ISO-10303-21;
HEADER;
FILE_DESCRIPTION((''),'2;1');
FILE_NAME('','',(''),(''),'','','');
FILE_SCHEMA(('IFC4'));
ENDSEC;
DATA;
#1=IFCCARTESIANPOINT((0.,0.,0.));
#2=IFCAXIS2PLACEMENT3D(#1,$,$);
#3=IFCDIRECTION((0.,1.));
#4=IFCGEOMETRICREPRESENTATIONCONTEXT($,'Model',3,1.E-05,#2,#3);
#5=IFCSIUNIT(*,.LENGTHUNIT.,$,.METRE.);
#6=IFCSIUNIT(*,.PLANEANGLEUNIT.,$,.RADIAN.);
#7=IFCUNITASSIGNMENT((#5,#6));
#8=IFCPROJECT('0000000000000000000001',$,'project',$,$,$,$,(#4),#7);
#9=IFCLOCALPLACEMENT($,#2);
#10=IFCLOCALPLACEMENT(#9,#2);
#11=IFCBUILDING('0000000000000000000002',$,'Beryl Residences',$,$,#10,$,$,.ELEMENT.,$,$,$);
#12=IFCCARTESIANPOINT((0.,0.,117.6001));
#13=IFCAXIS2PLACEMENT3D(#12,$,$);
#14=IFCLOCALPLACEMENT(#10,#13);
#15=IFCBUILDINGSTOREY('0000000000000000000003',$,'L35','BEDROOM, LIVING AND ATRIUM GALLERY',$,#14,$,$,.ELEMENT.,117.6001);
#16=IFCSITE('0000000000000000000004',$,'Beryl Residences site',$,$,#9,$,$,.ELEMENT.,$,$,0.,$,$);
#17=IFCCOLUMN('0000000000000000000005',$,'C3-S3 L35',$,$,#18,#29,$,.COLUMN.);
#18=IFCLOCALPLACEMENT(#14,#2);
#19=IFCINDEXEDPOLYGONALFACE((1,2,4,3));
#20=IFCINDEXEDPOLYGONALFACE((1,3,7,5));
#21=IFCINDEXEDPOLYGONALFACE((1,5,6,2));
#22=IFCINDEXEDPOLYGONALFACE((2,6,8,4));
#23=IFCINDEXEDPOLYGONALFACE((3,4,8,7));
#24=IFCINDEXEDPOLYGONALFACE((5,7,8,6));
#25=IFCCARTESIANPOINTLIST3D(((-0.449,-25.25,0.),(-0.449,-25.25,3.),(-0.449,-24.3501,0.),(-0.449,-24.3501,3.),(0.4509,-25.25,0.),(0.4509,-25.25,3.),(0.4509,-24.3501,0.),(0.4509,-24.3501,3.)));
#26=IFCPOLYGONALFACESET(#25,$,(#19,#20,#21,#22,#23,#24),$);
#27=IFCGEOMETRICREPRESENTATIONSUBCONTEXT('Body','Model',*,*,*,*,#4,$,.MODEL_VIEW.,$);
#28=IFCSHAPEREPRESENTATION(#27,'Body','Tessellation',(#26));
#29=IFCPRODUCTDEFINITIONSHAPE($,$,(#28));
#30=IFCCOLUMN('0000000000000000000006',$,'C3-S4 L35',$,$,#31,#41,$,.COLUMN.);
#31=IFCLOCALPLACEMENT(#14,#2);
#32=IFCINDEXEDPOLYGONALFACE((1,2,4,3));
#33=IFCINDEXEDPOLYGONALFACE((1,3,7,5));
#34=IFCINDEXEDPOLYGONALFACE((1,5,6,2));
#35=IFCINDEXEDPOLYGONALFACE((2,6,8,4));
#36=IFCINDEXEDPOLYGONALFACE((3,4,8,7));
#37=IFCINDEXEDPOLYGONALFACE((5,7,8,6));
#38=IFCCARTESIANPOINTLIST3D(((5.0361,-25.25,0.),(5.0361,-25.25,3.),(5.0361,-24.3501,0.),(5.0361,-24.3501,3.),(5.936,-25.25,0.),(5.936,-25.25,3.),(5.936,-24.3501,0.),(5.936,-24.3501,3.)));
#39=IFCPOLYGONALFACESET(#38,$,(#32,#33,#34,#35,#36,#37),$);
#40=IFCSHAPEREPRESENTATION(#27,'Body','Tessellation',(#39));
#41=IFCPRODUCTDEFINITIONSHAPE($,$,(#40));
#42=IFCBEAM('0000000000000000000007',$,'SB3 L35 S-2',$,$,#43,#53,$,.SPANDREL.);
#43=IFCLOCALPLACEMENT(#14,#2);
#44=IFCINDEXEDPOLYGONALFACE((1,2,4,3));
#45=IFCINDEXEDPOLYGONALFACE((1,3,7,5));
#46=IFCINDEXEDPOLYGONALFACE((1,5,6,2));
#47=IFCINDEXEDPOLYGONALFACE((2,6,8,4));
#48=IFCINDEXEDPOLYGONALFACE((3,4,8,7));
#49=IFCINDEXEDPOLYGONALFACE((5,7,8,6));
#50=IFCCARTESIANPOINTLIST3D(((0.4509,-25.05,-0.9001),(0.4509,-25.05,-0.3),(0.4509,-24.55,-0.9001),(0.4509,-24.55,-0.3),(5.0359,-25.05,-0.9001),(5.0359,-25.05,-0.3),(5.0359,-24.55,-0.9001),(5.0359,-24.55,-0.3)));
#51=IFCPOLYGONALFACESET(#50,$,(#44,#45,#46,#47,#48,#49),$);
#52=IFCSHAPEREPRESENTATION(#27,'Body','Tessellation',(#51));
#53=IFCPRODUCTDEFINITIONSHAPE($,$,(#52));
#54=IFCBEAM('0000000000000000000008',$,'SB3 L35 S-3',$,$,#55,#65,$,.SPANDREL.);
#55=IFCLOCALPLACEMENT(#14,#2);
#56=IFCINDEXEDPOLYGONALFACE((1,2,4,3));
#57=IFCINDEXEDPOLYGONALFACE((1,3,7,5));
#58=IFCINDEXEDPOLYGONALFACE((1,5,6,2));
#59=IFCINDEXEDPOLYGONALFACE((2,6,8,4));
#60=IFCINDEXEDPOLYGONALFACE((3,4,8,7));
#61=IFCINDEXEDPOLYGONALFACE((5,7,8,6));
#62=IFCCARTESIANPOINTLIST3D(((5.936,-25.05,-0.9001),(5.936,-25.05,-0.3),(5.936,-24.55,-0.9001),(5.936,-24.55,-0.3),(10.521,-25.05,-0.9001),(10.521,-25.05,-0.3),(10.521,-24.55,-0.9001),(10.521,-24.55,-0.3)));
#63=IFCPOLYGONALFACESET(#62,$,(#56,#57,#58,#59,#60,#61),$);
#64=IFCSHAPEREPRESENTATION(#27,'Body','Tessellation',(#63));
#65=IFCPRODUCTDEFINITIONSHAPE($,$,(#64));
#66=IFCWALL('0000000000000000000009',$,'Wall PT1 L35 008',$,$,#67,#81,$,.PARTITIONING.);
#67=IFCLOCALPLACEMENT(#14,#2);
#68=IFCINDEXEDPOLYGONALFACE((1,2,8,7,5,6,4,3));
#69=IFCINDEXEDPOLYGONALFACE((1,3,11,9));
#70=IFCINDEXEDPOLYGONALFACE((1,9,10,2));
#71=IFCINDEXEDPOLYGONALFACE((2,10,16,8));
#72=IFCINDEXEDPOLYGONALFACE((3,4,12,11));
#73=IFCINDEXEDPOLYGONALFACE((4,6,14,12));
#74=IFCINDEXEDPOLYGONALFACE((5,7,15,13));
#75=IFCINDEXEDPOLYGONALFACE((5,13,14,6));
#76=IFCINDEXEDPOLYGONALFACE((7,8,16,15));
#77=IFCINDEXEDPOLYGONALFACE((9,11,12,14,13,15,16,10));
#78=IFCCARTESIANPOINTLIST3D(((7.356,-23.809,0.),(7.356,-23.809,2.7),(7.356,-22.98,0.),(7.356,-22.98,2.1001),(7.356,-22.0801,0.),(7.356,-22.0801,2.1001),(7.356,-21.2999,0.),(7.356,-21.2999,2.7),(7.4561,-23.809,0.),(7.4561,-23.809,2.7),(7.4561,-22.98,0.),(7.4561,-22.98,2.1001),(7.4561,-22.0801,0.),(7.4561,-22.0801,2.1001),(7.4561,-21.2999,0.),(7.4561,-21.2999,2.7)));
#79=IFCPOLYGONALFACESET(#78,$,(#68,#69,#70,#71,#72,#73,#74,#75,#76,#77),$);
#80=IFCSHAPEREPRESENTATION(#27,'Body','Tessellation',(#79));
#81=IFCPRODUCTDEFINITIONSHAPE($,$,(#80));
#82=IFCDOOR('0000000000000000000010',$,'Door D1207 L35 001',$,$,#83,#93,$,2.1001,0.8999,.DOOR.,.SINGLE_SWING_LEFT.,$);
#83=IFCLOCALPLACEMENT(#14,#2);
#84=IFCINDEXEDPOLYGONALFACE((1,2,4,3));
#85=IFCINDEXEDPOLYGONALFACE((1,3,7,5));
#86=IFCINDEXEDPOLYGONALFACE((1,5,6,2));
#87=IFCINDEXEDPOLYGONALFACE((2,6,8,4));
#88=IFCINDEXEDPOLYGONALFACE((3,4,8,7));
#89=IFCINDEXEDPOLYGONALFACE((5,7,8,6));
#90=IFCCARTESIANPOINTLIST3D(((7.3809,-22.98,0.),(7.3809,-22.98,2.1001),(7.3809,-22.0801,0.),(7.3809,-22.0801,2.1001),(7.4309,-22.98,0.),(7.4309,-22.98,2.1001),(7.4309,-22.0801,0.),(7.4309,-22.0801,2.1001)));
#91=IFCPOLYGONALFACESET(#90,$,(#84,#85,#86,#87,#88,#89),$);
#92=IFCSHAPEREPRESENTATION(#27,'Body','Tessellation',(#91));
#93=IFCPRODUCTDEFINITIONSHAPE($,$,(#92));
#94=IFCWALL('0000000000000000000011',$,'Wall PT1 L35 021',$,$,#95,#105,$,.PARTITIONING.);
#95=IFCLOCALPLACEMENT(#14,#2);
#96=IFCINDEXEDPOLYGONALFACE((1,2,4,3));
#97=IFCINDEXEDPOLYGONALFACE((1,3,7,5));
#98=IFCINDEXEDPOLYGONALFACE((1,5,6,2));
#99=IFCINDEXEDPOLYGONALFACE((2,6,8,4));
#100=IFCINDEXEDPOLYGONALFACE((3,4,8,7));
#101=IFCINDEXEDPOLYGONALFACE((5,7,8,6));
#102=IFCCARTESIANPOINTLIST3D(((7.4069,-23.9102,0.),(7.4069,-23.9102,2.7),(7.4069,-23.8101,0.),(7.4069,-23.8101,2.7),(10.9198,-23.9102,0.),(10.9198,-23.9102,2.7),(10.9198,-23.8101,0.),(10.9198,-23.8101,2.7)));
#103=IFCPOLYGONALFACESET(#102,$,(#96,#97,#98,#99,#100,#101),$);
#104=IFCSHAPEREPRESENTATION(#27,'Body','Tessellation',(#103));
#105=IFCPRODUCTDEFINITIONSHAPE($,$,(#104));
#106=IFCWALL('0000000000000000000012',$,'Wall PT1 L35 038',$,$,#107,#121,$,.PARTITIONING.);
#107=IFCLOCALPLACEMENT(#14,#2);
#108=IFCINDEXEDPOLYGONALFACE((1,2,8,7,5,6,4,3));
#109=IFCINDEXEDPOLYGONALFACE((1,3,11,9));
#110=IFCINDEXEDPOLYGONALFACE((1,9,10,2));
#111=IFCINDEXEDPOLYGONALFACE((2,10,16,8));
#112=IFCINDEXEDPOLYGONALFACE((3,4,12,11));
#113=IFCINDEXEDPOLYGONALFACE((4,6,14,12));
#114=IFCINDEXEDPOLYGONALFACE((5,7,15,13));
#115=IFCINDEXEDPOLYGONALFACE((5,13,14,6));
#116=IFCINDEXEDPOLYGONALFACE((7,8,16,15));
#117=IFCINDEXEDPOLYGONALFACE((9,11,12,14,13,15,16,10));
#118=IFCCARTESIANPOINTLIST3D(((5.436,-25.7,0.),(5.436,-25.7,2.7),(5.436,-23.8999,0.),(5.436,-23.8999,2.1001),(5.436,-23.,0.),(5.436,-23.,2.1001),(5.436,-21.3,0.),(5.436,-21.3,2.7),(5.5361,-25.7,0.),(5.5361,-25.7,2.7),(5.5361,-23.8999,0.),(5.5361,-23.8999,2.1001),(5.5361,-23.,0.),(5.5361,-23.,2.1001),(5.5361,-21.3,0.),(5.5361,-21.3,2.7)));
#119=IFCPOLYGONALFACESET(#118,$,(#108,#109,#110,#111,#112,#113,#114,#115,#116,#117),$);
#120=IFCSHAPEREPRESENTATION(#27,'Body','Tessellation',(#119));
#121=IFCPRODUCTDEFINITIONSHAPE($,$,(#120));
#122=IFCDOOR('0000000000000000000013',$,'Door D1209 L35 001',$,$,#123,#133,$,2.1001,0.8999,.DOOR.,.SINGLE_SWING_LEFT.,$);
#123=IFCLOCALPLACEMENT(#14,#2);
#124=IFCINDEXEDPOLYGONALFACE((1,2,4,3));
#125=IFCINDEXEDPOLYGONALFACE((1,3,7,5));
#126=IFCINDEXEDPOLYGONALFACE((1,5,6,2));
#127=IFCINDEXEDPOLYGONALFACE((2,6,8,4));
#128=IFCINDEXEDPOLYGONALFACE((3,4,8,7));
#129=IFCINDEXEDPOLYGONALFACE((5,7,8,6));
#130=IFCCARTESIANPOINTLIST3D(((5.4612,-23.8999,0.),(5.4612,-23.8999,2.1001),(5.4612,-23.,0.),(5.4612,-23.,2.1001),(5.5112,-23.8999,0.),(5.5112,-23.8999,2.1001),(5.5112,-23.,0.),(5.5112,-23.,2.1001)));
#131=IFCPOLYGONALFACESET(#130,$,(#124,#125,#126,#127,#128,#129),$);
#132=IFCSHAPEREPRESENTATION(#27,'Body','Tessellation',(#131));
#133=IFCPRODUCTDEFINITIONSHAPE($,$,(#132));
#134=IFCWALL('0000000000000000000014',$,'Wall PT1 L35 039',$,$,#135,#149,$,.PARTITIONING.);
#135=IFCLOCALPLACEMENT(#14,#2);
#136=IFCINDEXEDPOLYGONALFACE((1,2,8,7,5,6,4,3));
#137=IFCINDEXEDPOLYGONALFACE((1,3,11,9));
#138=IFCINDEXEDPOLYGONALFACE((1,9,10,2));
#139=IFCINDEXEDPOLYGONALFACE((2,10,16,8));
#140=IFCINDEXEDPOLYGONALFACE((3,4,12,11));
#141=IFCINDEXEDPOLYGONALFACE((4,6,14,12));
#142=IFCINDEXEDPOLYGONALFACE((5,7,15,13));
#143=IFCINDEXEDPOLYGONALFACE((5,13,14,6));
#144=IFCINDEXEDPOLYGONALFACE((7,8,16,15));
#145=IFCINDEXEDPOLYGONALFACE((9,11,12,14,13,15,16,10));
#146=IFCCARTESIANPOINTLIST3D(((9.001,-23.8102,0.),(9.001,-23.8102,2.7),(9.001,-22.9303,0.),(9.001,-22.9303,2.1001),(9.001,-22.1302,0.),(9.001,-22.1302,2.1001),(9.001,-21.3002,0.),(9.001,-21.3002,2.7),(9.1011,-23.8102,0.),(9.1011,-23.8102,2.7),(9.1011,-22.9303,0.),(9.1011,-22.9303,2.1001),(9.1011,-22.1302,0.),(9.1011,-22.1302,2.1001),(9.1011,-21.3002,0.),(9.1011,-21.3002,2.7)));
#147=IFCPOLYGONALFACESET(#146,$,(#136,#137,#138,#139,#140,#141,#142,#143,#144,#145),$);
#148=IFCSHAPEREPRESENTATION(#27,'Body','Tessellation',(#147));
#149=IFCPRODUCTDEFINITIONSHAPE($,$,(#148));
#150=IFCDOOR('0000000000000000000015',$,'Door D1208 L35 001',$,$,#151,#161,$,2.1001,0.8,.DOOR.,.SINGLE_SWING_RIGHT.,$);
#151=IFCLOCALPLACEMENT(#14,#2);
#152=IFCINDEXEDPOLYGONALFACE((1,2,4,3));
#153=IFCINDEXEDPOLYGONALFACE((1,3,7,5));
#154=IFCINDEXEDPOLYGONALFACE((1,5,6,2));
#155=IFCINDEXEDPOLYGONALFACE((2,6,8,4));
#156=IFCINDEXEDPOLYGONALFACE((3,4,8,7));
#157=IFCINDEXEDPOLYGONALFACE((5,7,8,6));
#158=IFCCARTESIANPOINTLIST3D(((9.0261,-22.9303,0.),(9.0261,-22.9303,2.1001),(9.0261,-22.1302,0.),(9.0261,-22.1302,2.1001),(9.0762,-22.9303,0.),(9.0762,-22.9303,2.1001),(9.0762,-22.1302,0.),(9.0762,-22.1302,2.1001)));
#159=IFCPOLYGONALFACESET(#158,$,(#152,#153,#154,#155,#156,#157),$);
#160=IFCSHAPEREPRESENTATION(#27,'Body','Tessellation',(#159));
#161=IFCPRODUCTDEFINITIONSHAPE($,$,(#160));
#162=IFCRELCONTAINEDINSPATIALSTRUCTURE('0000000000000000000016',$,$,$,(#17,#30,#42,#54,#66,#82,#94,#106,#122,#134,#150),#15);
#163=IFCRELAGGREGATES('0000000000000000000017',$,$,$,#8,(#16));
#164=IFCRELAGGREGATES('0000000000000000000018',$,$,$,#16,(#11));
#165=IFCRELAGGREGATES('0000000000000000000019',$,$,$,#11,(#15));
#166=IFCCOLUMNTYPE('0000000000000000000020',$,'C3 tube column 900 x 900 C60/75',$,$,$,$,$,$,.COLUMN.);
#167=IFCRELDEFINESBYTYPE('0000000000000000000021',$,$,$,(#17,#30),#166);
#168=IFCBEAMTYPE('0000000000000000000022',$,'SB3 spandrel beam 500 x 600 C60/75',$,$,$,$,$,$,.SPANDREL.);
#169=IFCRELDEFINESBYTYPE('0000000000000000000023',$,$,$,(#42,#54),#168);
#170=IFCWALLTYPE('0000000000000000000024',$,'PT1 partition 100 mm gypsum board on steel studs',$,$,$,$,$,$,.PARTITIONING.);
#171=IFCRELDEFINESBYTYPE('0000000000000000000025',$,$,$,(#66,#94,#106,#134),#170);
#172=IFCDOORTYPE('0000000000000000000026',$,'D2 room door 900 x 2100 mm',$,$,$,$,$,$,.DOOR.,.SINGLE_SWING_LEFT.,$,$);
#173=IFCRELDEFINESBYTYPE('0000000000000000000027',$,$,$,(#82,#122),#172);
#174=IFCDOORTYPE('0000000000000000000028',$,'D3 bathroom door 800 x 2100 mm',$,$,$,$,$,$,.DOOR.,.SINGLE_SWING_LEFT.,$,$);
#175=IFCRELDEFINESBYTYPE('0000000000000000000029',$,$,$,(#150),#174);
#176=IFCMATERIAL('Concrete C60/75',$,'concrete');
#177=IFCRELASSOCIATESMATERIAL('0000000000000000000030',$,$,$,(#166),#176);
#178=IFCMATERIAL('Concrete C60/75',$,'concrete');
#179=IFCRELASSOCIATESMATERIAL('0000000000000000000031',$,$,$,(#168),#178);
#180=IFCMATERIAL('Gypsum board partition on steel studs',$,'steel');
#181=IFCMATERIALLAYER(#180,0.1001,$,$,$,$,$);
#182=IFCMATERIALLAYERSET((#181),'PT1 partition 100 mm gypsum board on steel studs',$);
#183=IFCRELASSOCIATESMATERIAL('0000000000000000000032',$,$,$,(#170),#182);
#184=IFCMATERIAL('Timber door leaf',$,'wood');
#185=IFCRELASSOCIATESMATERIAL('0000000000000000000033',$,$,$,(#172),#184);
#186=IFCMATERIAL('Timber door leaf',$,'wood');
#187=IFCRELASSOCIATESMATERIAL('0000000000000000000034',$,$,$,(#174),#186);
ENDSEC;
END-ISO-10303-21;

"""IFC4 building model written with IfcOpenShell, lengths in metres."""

from ifc_helpers import new_model, si_unit, direction, frame, frame_2d, origin, origin_2d, place, context, subcontext, project, spatial, rectangle, extrude, material, layer, layer_set, material_profile, profile_set, type_object, element, fill, save


model = new_model("IFC4")

# Units and contexts
model_context = context("Model", 3, precision=1e-05, world=origin(), true_north=direction((0.0, 1.0)))
body_context = subcontext(model_context, "Body", "Model", "MODEL_VIEW")
ifc_project = project(units=[si_unit("LENGTHUNIT", "METRE"), si_unit("PLANEANGLEUNIT", "RADIAN")], contexts=[model_context])

# Site, building, storey
site_placement = place(None, origin())
site = spatial("IfcSite", under=ifc_project, at=site_placement, Name="Beryl Residences site", CompositionType="ELEMENT", RefElevation=0.0)
building_placement = place(site_placement, origin())
building = spatial("IfcBuilding", under=site, at=building_placement, Name="Beryl Residences", CompositionType="ELEMENT")
storey_placement = place(building_placement, frame((0.0, 0.0, 117.6001)))
storey = spatial("IfcBuildingStorey", under=building, at=storey_placement, Name="L35", Description="BEDROOM, LIVING AND ATRIUM GALLERY", CompositionType="ELEMENT", Elevation=117.6001)

# Columns
ifc_material_1 = material(Name="Concrete C60/75", Category="concrete")
ifc_material_profile_1 = material_profile(ifc_material_1, rectangle(XDim=0.8999, YDim=0.8999, at=origin_2d()))
ifc_profile_set_1 = profile_set([ifc_material_profile_1], Name="Concrete C60/75")
column_type = type_object("IfcColumnType", Name="C3 tube column 900 x 900 C60/75", PredefinedType="COLUMN", material=ifc_profile_set_1)
for number, where, z_axis, x_axis, name in (
    (1, (0.001, -24.8, 0.0), (0.0, 0.0, 1.0), (1.0, 0.0, 0.0), "C3-S3 L35"),
    (2, (5.4861, -24.8, 0.0), (0.0, 0.0, 1.0), (1.0, 0.0, 0.0), "C3-S4 L35"),
):
    element("IfcColumn", number, at=place(storey_placement, frame(where, z_axis=z_axis, x_axis=x_axis)), inside=storey, type_object=column_type, Name=name, PredefinedType="COLUMN", context=body_context, shape_type="SweptSolid", body=[
        extrude(rectangle(XDim=0.8999, YDim=0.8999, at=origin_2d()), origin(), (0.0, 0.0, 1.0), 3.0),
    ])

# Beams
ifc_material_2 = material(Name="Concrete C60/75", Category="concrete")
ifc_material_profile_2 = material_profile(ifc_material_2, rectangle(XDim=0.5, YDim=0.6001, at=origin_2d()))
ifc_profile_set_2 = profile_set([ifc_material_profile_2], Name="Concrete C60/75")
beam_type = type_object("IfcBeamType", Name="SB3 spandrel beam 500 x 600 C60/75", PredefinedType="SPANDREL", material=ifc_profile_set_2)
for number, where, z_axis, x_axis, name in (
    (3, (0.4509, -24.8, -0.6001), (1.0, 0.0, 0.0), (0.0, 1.0, 0.0), "SB3 L35 S-2"),
    (4, (5.936, -24.8, -0.6001), (1.0, 0.0, 0.0), (0.0, 1.0, 0.0), "SB3 L35 S-3"),
):
    element("IfcBeam", number, at=place(storey_placement, frame(where, z_axis=z_axis, x_axis=x_axis)), inside=storey, type_object=beam_type, Name=name, PredefinedType="SPANDREL", context=body_context, shape_type="SweptSolid", body=[
        extrude(rectangle(XDim=0.5, YDim=0.6001, at=origin_2d()), origin(), (0.0, 0.0, 1.0), 4.585),
    ])

# Wall, opening, door
ifc_material_3 = material(Name="Gypsum board partition on steel studs", Category="steel")
ifc_layer_1 = layer(ifc_material_3, 0.1001)
ifc_layer_set_1 = layer_set([ifc_layer_1], Name="PT1 partition 100 mm gypsum board on steel studs")
wall_type_1 = type_object("IfcWallType", Name="PT1 partition 100 mm gypsum board on steel studs", PredefinedType="PARTITIONING", material=ifc_layer_set_1)
wall_1_placement = place(storey_placement, frame((7.406, -21.3, 0.0), z_axis=(0.0, 0.0, 1.0), x_axis=(0.0, -1.0, 0.0)))
wall_1 = element("IfcWall", 5, at=wall_1_placement, inside=storey, type_object=wall_type_1, Name="Wall PT1 L35 008", PredefinedType="PARTITIONING", context=body_context, shape_type="SweptSolid", body=[
    extrude(rectangle(XDim=2.509, YDim=0.1001, at=frame_2d((1.2544, 0.0))), origin(), (0.0, 0.0, 1.0), 2.7),
])
opening_1_placement = place(wall_1_placement, frame((0.78, 0.0, 0.0)))
opening_1 = element("IfcOpeningElement", 6, at=opening_1_placement, cuts=wall_1, PredefinedType="OPENING", context=body_context, shape_type="SweptSolid", body=[
    extrude(rectangle(XDim=0.8999, YDim=2.1001, at=frame_2d((0.45, 1.05))), frame((0.0, 0.0601, 0.0), z_axis=(0.0, -1.0, 0.0), x_axis=(1.0, 0.0, 0.0)), (0.0, 0.0, 1.0), 0.1201),
])
ifc_material_4 = material(Name="Timber door leaf", Category="wood")
door_type_1 = type_object("IfcDoorType", Name="D2 room door 900 x 2100 mm", OperationType="SINGLE_SWING_LEFT", PredefinedType="DOOR", material=ifc_material_4)
door_1_placement = place(opening_1_placement, origin())
door_1 = element("IfcDoor", 7, at=door_1_placement, inside=storey, type_object=door_type_1, Name="Door D1207 L35 001", OperationType="SINGLE_SWING_LEFT", OverallHeight=2.1001, OverallWidth=0.8999, PredefinedType="DOOR", context=body_context, shape_type="SweptSolid", body=[
    extrude(rectangle(XDim=0.8999, YDim=2.1001, at=frame_2d((0.45, 1.05))), frame((0.0, 0.0249, 0.0), z_axis=(0.0, -1.0, 0.0), x_axis=(1.0, 0.0, 0.0)), (0.0, 0.0, 1.0), 0.05),
])
fill(opening_1, door_1)

# Wall
wall_2_placement = place(storey_placement, frame((7.407, -23.8601, 0.0), z_axis=(0.0, 0.0, 1.0), x_axis=(1.0, 0.0, 0.0)))
element("IfcWall", 8, at=wall_2_placement, inside=storey, type_object=wall_type_1, Name="Wall PT1 L35 021", PredefinedType="PARTITIONING", context=body_context, shape_type="SweptSolid", body=[
    extrude(rectangle(XDim=3.5129, YDim=0.1001, at=frame_2d((1.7563, 0.0))), origin(), (0.0, 0.0, 1.0), 2.7),
])

# Walls, openings, doors
wall_3_placement = place(storey_placement, frame((5.4861, -25.7, 0.0), z_axis=(0.0, 0.0, 1.0), x_axis=(0.0, 1.0, 0.0)))
wall_3 = element("IfcWall", 9, at=wall_3_placement, inside=storey, type_object=wall_type_1, Name="Wall PT1 L35 038", PredefinedType="PARTITIONING", context=body_context, shape_type="SweptSolid", body=[
    extrude(rectangle(XDim=4.3999, YDim=0.1001, at=frame_2d((2.2, 0.0))), origin(), (0.0, 0.0, 1.0), 2.7),
])
opening_2_placement = place(wall_3_placement, frame((1.8, 0.0, 0.0)))
opening_2 = element("IfcOpeningElement", 10, at=opening_2_placement, cuts=wall_3, PredefinedType="OPENING", context=body_context, shape_type="SweptSolid", body=[
    extrude(rectangle(XDim=0.8999, YDim=2.1001, at=frame_2d((0.45, 1.05))), frame((0.0, 0.0601, 0.0), z_axis=(0.0, -1.0, 0.0), x_axis=(1.0, 0.0, 0.0)), (0.0, 0.0, 1.0), 0.1201),
])
door_2_placement = place(opening_2_placement, origin())
door_2 = element("IfcDoor", 11, at=door_2_placement, inside=storey, type_object=door_type_1, Name="Door D1209 L35 001", OperationType="SINGLE_SWING_LEFT", OverallHeight=2.1001, OverallWidth=0.8999, PredefinedType="DOOR", context=body_context, shape_type="SweptSolid", body=[
    extrude(rectangle(XDim=0.8999, YDim=2.1001, at=frame_2d((0.45, 1.05))), frame((0.0, 0.0249, 0.0), z_axis=(0.0, -1.0, 0.0), x_axis=(1.0, 0.0, 0.0)), (0.0, 0.0, 1.0), 0.05),
])
fill(opening_2, door_2)
wall_4_placement = place(storey_placement, frame((9.051, -23.8101, 0.0), z_axis=(0.0, 0.0, 1.0), x_axis=(0.0, 1.0, 0.0)))
wall_4 = element("IfcWall", 12, at=wall_4_placement, inside=storey, type_object=wall_type_1, Name="Wall PT1 L35 039", PredefinedType="PARTITIONING", context=body_context, shape_type="SweptSolid", body=[
    extrude(rectangle(XDim=2.51, YDim=0.1001, at=frame_2d((1.2549, 0.0))), origin(), (0.0, 0.0, 1.0), 2.7),
])
opening_3_placement = place(wall_4_placement, frame((0.8799, 0.0, 0.0)))
opening_3 = element("IfcOpeningElement", 13, at=opening_3_placement, cuts=wall_4, PredefinedType="OPENING", context=body_context, shape_type="SweptSolid", body=[
    extrude(rectangle(XDim=0.8, YDim=2.1001, at=frame_2d((0.3999, 1.05))), frame((0.0, 0.0601, 0.0), z_axis=(0.0, -1.0, 0.0), x_axis=(1.0, 0.0, 0.0)), (0.0, 0.0, 1.0), 0.1201),
])
ifc_material_5 = material(Name="Timber door leaf", Category="wood")
door_type_2 = type_object("IfcDoorType", Name="D3 bathroom door 800 x 2100 mm", OperationType="SINGLE_SWING_LEFT", PredefinedType="DOOR", material=ifc_material_5)
door_3_placement = place(opening_3_placement, origin())
door_3 = element("IfcDoor", 14, at=door_3_placement, inside=storey, type_object=door_type_2, Name="Door D1208 L35 001", OperationType="SINGLE_SWING_RIGHT", OverallHeight=2.1001, OverallWidth=0.8, PredefinedType="DOOR", context=body_context, shape_type="SweptSolid", body=[
    extrude(rectangle(XDim=0.8, YDim=2.1001, at=frame_2d((0.3999, 1.05))), frame((0.0, 0.0249, 0.0), z_axis=(0.0, -1.0, 0.0), x_axis=(1.0, 0.0, 0.0)), (0.0, 0.0, 1.0), 0.05),
])
fill(opening_3, door_3)

save(model, "model.ifc")
